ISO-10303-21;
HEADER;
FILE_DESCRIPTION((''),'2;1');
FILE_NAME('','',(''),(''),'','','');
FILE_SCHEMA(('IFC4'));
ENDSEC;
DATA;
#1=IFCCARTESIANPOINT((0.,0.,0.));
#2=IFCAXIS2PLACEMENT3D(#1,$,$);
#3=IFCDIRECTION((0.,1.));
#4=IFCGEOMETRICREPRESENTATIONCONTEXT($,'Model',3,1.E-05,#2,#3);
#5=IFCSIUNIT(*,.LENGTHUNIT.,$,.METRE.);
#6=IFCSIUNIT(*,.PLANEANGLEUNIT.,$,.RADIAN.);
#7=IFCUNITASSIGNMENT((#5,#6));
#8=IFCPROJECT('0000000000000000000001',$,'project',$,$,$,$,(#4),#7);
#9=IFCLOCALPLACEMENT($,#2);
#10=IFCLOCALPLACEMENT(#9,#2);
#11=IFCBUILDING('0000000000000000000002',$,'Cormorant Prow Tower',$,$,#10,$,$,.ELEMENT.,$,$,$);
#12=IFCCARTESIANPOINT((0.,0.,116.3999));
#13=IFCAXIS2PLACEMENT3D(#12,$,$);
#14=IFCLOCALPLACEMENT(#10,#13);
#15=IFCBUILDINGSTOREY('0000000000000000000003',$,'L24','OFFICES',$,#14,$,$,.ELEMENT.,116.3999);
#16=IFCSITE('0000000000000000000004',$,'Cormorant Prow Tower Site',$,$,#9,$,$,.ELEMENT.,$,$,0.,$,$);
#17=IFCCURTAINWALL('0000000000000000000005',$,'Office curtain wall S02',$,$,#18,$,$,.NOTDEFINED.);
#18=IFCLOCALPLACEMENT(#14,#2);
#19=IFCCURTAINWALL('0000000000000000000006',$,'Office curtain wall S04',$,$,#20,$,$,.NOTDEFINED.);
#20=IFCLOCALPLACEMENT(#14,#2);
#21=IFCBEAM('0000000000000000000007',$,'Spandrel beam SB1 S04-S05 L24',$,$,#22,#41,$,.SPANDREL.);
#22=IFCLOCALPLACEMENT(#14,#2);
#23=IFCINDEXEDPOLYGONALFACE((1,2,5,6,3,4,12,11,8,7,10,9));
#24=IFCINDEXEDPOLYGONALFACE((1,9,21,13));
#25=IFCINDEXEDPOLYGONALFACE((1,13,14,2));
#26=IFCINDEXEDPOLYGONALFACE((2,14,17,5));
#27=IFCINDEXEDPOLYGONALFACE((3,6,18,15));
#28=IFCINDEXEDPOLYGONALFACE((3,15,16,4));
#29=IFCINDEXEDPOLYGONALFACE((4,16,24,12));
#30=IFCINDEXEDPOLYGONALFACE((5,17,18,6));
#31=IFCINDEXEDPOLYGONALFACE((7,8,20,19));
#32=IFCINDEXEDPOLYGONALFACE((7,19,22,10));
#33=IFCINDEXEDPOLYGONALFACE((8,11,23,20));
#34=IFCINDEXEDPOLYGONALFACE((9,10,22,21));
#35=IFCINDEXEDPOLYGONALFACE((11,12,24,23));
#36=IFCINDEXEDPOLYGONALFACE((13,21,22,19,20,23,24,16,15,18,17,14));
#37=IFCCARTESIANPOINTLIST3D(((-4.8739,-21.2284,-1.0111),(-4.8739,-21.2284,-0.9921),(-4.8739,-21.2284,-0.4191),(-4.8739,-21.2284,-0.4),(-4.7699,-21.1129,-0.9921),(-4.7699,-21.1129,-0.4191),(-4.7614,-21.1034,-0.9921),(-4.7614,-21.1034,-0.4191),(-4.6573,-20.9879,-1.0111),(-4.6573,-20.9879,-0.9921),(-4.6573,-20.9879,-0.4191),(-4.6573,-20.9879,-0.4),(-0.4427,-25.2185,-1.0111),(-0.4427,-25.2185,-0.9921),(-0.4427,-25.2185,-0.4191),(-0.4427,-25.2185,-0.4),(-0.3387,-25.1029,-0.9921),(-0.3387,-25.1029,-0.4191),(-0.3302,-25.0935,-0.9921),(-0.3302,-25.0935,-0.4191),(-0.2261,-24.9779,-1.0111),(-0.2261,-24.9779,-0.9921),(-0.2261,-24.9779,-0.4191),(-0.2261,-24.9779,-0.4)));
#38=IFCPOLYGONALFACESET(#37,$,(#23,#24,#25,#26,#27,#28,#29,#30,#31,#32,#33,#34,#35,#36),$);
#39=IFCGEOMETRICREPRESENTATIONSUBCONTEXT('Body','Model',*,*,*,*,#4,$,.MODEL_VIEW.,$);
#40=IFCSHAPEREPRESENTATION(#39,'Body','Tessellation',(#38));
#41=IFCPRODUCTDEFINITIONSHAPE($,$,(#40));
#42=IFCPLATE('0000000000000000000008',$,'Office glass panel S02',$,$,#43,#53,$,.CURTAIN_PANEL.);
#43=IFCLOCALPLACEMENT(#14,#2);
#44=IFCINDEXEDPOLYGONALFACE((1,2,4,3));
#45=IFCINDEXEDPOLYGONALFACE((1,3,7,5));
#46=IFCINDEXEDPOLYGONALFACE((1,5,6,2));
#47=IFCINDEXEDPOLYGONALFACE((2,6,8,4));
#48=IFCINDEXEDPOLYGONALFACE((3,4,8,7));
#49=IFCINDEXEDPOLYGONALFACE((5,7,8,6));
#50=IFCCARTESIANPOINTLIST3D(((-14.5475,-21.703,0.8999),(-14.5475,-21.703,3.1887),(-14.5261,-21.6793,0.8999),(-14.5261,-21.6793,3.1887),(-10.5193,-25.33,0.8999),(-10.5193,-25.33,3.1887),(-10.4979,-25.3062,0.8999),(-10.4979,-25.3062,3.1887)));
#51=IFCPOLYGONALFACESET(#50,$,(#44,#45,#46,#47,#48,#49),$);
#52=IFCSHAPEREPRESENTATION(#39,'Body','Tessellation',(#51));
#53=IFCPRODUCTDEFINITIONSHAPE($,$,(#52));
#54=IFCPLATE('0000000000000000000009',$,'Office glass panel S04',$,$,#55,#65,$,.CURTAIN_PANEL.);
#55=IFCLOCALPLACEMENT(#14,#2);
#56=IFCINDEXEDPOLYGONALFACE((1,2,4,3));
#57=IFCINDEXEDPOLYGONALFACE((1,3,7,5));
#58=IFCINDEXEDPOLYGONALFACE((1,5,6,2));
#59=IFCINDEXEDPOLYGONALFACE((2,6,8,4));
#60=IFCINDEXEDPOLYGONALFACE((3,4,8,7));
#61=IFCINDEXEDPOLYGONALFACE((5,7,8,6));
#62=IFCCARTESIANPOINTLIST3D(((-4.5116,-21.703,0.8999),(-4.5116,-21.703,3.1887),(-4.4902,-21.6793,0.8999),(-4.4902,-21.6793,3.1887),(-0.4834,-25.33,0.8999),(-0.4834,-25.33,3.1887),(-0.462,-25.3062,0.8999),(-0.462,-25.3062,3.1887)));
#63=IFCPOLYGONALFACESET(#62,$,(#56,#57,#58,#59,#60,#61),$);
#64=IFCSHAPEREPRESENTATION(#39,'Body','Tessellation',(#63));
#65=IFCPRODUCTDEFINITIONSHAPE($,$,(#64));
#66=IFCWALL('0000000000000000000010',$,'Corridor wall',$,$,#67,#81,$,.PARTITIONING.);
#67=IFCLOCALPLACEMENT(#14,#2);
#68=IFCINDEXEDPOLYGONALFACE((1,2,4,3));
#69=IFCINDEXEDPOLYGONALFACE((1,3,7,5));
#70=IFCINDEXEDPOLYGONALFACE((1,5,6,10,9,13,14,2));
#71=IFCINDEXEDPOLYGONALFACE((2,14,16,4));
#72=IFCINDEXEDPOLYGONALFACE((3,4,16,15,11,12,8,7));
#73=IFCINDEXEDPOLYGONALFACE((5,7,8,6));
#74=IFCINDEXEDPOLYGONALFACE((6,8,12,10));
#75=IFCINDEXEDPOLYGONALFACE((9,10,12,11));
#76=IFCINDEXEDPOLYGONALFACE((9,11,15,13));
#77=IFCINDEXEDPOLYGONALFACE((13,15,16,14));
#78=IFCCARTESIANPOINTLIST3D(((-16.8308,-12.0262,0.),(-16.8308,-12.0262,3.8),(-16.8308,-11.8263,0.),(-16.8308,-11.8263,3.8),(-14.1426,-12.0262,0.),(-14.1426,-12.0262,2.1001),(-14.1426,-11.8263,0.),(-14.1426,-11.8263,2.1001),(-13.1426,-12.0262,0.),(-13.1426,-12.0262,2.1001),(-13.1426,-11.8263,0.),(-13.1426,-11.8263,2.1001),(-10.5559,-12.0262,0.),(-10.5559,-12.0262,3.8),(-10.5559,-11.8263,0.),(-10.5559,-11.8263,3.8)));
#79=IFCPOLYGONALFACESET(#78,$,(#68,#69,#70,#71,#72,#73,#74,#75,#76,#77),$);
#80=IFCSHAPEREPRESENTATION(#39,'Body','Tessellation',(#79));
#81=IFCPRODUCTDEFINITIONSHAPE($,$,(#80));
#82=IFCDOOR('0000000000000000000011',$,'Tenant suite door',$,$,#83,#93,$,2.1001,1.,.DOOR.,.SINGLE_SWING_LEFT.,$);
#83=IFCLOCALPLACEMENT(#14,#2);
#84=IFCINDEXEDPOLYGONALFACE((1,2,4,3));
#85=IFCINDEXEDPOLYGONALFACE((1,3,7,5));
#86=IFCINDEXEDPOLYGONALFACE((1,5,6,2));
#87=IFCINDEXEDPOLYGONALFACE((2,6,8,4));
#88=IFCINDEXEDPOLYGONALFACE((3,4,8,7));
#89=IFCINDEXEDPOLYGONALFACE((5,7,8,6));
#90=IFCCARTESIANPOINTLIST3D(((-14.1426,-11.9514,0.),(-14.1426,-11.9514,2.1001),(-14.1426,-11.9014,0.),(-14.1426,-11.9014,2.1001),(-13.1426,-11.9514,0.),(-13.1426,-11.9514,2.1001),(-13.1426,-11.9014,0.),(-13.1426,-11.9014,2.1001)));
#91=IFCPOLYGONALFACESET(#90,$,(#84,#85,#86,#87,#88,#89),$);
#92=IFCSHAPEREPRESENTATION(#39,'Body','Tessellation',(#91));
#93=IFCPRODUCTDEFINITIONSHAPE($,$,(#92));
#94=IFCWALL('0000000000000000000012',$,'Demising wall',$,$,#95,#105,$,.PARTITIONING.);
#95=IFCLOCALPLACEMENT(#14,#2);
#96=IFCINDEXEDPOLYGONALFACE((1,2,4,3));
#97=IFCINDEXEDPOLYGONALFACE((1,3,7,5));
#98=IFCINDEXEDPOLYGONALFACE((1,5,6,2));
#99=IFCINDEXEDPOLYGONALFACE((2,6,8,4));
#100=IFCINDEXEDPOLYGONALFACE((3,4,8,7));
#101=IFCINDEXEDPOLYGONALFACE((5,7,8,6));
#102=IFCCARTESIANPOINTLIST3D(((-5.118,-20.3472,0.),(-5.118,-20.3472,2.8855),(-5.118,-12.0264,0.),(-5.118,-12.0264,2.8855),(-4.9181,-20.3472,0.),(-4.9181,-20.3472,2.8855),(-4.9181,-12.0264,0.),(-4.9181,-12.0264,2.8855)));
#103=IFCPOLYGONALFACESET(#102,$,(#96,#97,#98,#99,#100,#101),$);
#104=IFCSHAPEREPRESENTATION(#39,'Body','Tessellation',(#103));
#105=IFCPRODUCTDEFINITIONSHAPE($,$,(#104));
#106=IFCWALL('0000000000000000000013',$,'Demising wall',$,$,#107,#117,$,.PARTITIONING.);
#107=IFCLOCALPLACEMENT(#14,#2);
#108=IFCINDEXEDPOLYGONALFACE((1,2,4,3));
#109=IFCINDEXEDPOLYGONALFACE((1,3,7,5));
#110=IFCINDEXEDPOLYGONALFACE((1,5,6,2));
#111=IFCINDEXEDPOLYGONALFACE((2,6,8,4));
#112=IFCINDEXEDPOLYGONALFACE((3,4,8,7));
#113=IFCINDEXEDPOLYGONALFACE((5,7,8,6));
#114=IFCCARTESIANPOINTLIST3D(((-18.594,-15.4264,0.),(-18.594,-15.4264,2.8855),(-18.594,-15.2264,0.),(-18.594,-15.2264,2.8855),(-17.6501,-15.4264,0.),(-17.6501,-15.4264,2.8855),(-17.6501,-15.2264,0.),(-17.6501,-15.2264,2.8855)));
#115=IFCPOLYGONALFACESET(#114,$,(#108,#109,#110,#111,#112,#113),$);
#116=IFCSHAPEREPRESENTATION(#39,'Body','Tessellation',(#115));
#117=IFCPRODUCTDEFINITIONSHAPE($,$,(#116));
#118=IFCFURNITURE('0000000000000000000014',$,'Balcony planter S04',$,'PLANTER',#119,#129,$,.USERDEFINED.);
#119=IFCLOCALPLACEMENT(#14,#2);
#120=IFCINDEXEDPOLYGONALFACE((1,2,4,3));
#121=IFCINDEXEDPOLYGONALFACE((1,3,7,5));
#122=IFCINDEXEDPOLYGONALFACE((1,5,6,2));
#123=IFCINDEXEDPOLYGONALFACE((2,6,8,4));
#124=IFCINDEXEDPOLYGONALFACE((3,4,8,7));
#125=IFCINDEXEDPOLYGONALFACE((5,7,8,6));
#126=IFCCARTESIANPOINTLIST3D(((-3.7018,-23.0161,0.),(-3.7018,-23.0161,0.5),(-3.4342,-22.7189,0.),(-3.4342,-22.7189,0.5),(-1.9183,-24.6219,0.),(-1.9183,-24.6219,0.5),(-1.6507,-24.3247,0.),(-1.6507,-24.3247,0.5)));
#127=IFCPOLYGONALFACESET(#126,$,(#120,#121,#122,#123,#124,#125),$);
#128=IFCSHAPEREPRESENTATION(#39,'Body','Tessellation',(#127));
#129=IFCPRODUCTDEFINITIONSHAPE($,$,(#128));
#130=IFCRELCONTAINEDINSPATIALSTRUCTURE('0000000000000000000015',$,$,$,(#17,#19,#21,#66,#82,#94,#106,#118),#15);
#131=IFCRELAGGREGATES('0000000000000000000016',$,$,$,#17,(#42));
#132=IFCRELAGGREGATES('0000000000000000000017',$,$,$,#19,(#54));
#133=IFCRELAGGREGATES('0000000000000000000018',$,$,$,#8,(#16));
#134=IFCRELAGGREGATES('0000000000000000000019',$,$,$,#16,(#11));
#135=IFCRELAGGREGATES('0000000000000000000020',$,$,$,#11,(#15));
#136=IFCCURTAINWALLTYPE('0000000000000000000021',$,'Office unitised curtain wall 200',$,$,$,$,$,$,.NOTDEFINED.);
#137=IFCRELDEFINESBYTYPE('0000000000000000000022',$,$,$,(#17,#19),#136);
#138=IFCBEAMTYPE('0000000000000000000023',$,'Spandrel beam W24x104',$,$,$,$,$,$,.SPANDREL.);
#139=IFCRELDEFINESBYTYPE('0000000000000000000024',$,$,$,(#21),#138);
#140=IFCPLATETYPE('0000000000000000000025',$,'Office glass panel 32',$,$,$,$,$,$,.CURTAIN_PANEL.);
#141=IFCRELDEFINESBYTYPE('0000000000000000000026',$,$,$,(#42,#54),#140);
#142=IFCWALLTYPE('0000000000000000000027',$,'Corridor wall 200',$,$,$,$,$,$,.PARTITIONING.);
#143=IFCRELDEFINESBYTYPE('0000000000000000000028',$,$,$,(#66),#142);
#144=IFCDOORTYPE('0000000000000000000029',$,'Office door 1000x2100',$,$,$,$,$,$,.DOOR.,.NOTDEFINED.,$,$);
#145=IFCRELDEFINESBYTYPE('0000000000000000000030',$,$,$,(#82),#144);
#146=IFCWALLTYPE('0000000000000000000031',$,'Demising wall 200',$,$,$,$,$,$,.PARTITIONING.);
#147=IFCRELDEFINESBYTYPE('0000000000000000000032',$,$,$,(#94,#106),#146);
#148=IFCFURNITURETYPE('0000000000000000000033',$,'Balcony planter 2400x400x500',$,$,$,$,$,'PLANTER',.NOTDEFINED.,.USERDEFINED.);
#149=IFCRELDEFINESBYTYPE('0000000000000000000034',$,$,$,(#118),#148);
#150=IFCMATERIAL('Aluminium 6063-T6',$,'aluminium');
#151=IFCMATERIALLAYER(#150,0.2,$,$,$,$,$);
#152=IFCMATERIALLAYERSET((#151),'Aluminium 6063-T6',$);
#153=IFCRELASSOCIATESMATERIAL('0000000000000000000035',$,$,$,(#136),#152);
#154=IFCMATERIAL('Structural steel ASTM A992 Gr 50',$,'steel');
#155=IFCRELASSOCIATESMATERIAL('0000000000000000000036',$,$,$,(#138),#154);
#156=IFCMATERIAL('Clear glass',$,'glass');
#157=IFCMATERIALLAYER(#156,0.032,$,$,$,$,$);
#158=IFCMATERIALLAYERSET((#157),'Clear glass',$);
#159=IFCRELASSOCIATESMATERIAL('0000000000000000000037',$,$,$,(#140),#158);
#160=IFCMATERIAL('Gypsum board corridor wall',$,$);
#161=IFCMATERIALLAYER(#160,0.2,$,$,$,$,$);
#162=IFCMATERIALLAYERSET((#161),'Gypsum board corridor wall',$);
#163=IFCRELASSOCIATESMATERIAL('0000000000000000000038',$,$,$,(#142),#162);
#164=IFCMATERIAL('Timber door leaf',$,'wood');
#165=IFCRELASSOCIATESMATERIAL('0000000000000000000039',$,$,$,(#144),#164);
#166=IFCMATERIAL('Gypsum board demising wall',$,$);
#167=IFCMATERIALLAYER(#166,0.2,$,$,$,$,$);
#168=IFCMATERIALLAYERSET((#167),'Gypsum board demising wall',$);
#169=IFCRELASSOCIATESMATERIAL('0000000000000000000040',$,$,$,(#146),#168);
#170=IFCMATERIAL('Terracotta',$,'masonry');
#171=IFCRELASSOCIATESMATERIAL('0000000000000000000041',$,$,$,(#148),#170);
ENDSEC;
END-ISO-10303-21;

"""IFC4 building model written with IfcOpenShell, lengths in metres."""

from ifc_helpers import new_model, si_unit, direction, frame, frame_2d, origin, origin_2d, place, context, subcontext, project, spatial, rectangle, i_section, extrude, material, layer, layer_set, material_profile, profile_set, type_object, element, fill, aggregate, save


model = new_model("IFC4")

# Units and contexts
model_context = context("Model", 3, precision=1e-05, world=origin(), true_north=direction((0.0, 1.0)))
body_context = subcontext(model_context, "Body", "Model", "MODEL_VIEW")
ifc_project = project(units=[si_unit("LENGTHUNIT", "METRE"), si_unit("PLANEANGLEUNIT", "RADIAN")], contexts=[model_context])

# Site, building, storey
site_placement = place(None, origin())
site = spatial("IfcSite", under=ifc_project, at=site_placement, Name="Cormorant Prow Tower Site", CompositionType="ELEMENT", RefElevation=0.0)
building_placement = place(site_placement, origin())
building = spatial("IfcBuilding", under=site, at=building_placement, Name="Cormorant Prow Tower", CompositionType="ELEMENT")
storey_placement = place(building_placement, frame((0.0, 0.0, 116.3999)))
storey = spatial("IfcBuildingStorey", under=building, at=storey_placement, Name="L24", Description="OFFICES", CompositionType="ELEMENT", Elevation=116.3999)

# Curtain walls
ifc_material_1 = material(Name="Aluminium 6063-T6", Category="aluminium")
ifc_layer_1 = layer(ifc_material_1, 0.2)
ifc_layer_set_1 = layer_set([ifc_layer_1], Name="Aluminium 6063-T6")
curtain_wall_type = type_object("IfcCurtainWallType", Name="Office unitised curtain wall 200", PredefinedType="NOTDEFINED", material=ifc_layer_set_1)
curtain_wall_1_placement = place(storey_placement, origin())
curtain_wall_1 = element("IfcCurtainWall", 1, at=curtain_wall_1_placement, inside=storey, type_object=curtain_wall_type, Name="Office curtain wall S02", PredefinedType="NOTDEFINED")
curtain_wall_2_placement = place(storey_placement, origin())
curtain_wall_2 = element("IfcCurtainWall", 2, at=curtain_wall_2_placement, inside=storey, type_object=curtain_wall_type, Name="Office curtain wall S04", PredefinedType="NOTDEFINED")

# Beam
ifc_material_2 = material(Name="Structural steel ASTM A992 Gr 50", Category="steel")
ifc_material_profile_1 = material_profile(ifc_material_2, i_section(OverallWidth=0.3237, OverallDepth=0.6111, WebThickness=0.0127, FlangeThickness=0.019, at=origin_2d()), Name="W24x104")
ifc_profile_set_1 = profile_set([ifc_material_profile_1], Name="Structural steel ASTM A992 Gr 50")
beam_type_1 = type_object("IfcBeamType", Name="Spandrel beam W24x104", PredefinedType="SPANDREL", material=ifc_profile_set_1)
for number, where, z_axis, x_axis, name in (
    (3, (-4.7656, -21.1082, -0.7056), (0.743131, -0.669146, 0.0), (0.669146, 0.743131, 0.0), "Spandrel beam SB1 S04-S05 L24"),
):
    element("IfcBeam", number, at=place(storey_placement, frame(where, z_axis=z_axis, x_axis=x_axis)), inside=storey, type_object=beam_type_1, Name=name, PredefinedType="SPANDREL", context=body_context, shape_type="SweptSolid", body=[
        extrude(i_section(OverallWidth=0.3237, OverallDepth=0.6111, WebThickness=0.0127, FlangeThickness=0.019, at=origin_2d()), origin(), (0.0, 0.0, 1.0), 5.9629),
    ])

# Plates
ifc_material_3 = material(Name="Clear glass", Category="glass")
ifc_layer_2 = layer(ifc_material_3, 0.032)
ifc_layer_set_2 = layer_set([ifc_layer_2], Name="Clear glass")
plate_type = type_object("IfcPlateType", Name="Office glass panel 32", PredefinedType="CURTAIN_PANEL", material=ifc_layer_set_2)
plate_1_placement = place(storey_placement, frame((-12.5227, -23.5046, 0.8999), z_axis=(0.0, 0.0, 1.0), x_axis=(0.743145, -0.669131, 0.0)))
plate_1 = element("IfcPlate", 4, at=plate_1_placement, type_object=plate_type, Name="Office glass panel S02", PredefinedType="CURTAIN_PANEL", context=body_context, shape_type="SweptSolid", body=[
    extrude(rectangle(XDim=5.4204, YDim=0.032, at=origin_2d()), origin(), (0.0, 0.0, 1.0), 2.2888),
])
aggregate(curtain_wall_1, [plate_1])
plate_2_placement = place(storey_placement, frame((-2.4868, -23.5046, 0.8999), z_axis=(0.0, 0.0, 1.0), x_axis=(0.743145, -0.669131, 0.0)))
plate_2 = element("IfcPlate", 5, at=plate_2_placement, type_object=plate_type, Name="Office glass panel S04", PredefinedType="CURTAIN_PANEL", context=body_context, shape_type="SweptSolid", body=[
    extrude(rectangle(XDim=5.4204, YDim=0.032, at=origin_2d()), origin(), (0.0, 0.0, 1.0), 2.2888),
])
aggregate(curtain_wall_2, [plate_2])

# Wall, opening, door
ifc_material_4 = material(Name="Gypsum board corridor wall")
ifc_layer_3 = layer(ifc_material_4, 0.2)
ifc_layer_set_3 = layer_set([ifc_layer_3], Name="Gypsum board corridor wall")
wall_type_1 = type_object("IfcWallType", Name="Corridor wall 200", PredefinedType="PARTITIONING", material=ifc_layer_set_3)
wall_1_placement = place(storey_placement, frame((-16.8308, -11.9263, 0.0), z_axis=(0.0, 0.0, 1.0), x_axis=(1.0, 0.0, 0.0)))
wall_1 = element("IfcWall", 6, at=wall_1_placement, inside=storey, type_object=wall_type_1, Name="Corridor wall", PredefinedType="PARTITIONING", context=body_context, shape_type="SweptSolid", body=[
    extrude(rectangle(XDim=6.2749, YDim=0.2, at=frame_2d((3.1375, 0.0))), origin(), (0.0, 0.0, 1.0), 3.8),
])
opening_1_placement = place(wall_1_placement, frame((2.6882, 0.0, 0.0)))
opening_1 = element("IfcOpeningElement", 7, at=opening_1_placement, cuts=wall_1, PredefinedType="OPENING", context=body_context, shape_type="SweptSolid", body=[
    extrude(rectangle(XDim=1.0, YDim=2.1001, at=frame_2d((0.5, 1.05))), frame((0.0, 0.1099, 0.0), z_axis=(0.0, -1.0, 0.0), x_axis=(1.0, 0.0, 0.0)), (0.0, 0.0, 1.0), 0.22),
])
ifc_material_5 = material(Name="Timber door leaf", Category="wood")
door_type_1 = type_object("IfcDoorType", Name="Office door 1000x2100", OperationType="NOTDEFINED", PredefinedType="DOOR", material=ifc_material_5)
door_1_placement = place(opening_1_placement, origin())
door_1 = element("IfcDoor", 8, at=door_1_placement, inside=storey, type_object=door_type_1, Name="Tenant suite door", OperationType="SINGLE_SWING_LEFT", OverallHeight=2.1001, OverallWidth=1.0, PredefinedType="DOOR", context=body_context, shape_type="SweptSolid", body=[
    extrude(rectangle(XDim=1.0, YDim=2.1001, at=frame_2d((0.5, 1.05))), frame((0.0, 0.0249, 0.0), z_axis=(0.0, -1.0, 0.0), x_axis=(1.0, 0.0, 0.0)), (0.0, 0.0, 1.0), 0.05),
])
fill(opening_1, door_1)

# Walls
ifc_material_6 = material(Name="Gypsum board demising wall")
ifc_layer_4 = layer(ifc_material_6, 0.2)
ifc_layer_set_4 = layer_set([ifc_layer_4], Name="Gypsum board demising wall")
wall_type_2 = type_object("IfcWallType", Name="Demising wall 200", PredefinedType="PARTITIONING", material=ifc_layer_set_4)
wall_2_placement = place(storey_placement, frame((-5.0181, -20.3472, 0.0), z_axis=(0.0, 0.0, 1.0), x_axis=(0.0, 1.0, 0.0)))
element("IfcWall", 9, at=wall_2_placement, inside=storey, type_object=wall_type_2, Name="Demising wall", PredefinedType="PARTITIONING", context=body_context, shape_type="SweptSolid", body=[
    extrude(rectangle(XDim=8.3208, YDim=0.2, at=frame_2d((4.1604, 0.0))), origin(), (0.0, 0.0, 1.0), 2.8855),
])
wall_3_placement = place(storey_placement, frame((-18.594, -15.3264, 0.0), z_axis=(0.0, 0.0, 1.0), x_axis=(1.0, 0.0, 0.0)))
element("IfcWall", 10, at=wall_3_placement, inside=storey, type_object=wall_type_2, Name="Demising wall", PredefinedType="PARTITIONING", context=body_context, shape_type="SweptSolid", body=[
    extrude(rectangle(XDim=0.9438, YDim=0.2, at=frame_2d((0.4719, 0.0))), origin(), (0.0, 0.0, 1.0), 2.8855),
])

# Furniture
ifc_material_7 = material(Name="Terracotta", Category="masonry")
furniture_type = type_object("IfcFurnitureType", Name="Balcony planter 2400x400x500", ElementType="PLANTER", AssemblyPlace="NOTDEFINED", PredefinedType="USERDEFINED", material=ifc_material_7)
furniture_placement = place(storey_placement, frame((-2.6763, -23.6704, 0.0), z_axis=(0.0, 0.0, 1.0), x_axis=(0.743145, -0.669131, 0.0)))
element("IfcFurniture", 11, at=furniture_placement, inside=storey, type_object=furniture_type, Name="Balcony planter S04", ObjectType="PLANTER", PredefinedType="USERDEFINED", context=body_context, shape_type="SweptSolid", body=[
    extrude(rectangle(XDim=2.3999, YDim=0.3999, at=origin_2d()), origin(), (0.0, 0.0, 1.0), 0.5),
])

save(model, "model.ifc")
